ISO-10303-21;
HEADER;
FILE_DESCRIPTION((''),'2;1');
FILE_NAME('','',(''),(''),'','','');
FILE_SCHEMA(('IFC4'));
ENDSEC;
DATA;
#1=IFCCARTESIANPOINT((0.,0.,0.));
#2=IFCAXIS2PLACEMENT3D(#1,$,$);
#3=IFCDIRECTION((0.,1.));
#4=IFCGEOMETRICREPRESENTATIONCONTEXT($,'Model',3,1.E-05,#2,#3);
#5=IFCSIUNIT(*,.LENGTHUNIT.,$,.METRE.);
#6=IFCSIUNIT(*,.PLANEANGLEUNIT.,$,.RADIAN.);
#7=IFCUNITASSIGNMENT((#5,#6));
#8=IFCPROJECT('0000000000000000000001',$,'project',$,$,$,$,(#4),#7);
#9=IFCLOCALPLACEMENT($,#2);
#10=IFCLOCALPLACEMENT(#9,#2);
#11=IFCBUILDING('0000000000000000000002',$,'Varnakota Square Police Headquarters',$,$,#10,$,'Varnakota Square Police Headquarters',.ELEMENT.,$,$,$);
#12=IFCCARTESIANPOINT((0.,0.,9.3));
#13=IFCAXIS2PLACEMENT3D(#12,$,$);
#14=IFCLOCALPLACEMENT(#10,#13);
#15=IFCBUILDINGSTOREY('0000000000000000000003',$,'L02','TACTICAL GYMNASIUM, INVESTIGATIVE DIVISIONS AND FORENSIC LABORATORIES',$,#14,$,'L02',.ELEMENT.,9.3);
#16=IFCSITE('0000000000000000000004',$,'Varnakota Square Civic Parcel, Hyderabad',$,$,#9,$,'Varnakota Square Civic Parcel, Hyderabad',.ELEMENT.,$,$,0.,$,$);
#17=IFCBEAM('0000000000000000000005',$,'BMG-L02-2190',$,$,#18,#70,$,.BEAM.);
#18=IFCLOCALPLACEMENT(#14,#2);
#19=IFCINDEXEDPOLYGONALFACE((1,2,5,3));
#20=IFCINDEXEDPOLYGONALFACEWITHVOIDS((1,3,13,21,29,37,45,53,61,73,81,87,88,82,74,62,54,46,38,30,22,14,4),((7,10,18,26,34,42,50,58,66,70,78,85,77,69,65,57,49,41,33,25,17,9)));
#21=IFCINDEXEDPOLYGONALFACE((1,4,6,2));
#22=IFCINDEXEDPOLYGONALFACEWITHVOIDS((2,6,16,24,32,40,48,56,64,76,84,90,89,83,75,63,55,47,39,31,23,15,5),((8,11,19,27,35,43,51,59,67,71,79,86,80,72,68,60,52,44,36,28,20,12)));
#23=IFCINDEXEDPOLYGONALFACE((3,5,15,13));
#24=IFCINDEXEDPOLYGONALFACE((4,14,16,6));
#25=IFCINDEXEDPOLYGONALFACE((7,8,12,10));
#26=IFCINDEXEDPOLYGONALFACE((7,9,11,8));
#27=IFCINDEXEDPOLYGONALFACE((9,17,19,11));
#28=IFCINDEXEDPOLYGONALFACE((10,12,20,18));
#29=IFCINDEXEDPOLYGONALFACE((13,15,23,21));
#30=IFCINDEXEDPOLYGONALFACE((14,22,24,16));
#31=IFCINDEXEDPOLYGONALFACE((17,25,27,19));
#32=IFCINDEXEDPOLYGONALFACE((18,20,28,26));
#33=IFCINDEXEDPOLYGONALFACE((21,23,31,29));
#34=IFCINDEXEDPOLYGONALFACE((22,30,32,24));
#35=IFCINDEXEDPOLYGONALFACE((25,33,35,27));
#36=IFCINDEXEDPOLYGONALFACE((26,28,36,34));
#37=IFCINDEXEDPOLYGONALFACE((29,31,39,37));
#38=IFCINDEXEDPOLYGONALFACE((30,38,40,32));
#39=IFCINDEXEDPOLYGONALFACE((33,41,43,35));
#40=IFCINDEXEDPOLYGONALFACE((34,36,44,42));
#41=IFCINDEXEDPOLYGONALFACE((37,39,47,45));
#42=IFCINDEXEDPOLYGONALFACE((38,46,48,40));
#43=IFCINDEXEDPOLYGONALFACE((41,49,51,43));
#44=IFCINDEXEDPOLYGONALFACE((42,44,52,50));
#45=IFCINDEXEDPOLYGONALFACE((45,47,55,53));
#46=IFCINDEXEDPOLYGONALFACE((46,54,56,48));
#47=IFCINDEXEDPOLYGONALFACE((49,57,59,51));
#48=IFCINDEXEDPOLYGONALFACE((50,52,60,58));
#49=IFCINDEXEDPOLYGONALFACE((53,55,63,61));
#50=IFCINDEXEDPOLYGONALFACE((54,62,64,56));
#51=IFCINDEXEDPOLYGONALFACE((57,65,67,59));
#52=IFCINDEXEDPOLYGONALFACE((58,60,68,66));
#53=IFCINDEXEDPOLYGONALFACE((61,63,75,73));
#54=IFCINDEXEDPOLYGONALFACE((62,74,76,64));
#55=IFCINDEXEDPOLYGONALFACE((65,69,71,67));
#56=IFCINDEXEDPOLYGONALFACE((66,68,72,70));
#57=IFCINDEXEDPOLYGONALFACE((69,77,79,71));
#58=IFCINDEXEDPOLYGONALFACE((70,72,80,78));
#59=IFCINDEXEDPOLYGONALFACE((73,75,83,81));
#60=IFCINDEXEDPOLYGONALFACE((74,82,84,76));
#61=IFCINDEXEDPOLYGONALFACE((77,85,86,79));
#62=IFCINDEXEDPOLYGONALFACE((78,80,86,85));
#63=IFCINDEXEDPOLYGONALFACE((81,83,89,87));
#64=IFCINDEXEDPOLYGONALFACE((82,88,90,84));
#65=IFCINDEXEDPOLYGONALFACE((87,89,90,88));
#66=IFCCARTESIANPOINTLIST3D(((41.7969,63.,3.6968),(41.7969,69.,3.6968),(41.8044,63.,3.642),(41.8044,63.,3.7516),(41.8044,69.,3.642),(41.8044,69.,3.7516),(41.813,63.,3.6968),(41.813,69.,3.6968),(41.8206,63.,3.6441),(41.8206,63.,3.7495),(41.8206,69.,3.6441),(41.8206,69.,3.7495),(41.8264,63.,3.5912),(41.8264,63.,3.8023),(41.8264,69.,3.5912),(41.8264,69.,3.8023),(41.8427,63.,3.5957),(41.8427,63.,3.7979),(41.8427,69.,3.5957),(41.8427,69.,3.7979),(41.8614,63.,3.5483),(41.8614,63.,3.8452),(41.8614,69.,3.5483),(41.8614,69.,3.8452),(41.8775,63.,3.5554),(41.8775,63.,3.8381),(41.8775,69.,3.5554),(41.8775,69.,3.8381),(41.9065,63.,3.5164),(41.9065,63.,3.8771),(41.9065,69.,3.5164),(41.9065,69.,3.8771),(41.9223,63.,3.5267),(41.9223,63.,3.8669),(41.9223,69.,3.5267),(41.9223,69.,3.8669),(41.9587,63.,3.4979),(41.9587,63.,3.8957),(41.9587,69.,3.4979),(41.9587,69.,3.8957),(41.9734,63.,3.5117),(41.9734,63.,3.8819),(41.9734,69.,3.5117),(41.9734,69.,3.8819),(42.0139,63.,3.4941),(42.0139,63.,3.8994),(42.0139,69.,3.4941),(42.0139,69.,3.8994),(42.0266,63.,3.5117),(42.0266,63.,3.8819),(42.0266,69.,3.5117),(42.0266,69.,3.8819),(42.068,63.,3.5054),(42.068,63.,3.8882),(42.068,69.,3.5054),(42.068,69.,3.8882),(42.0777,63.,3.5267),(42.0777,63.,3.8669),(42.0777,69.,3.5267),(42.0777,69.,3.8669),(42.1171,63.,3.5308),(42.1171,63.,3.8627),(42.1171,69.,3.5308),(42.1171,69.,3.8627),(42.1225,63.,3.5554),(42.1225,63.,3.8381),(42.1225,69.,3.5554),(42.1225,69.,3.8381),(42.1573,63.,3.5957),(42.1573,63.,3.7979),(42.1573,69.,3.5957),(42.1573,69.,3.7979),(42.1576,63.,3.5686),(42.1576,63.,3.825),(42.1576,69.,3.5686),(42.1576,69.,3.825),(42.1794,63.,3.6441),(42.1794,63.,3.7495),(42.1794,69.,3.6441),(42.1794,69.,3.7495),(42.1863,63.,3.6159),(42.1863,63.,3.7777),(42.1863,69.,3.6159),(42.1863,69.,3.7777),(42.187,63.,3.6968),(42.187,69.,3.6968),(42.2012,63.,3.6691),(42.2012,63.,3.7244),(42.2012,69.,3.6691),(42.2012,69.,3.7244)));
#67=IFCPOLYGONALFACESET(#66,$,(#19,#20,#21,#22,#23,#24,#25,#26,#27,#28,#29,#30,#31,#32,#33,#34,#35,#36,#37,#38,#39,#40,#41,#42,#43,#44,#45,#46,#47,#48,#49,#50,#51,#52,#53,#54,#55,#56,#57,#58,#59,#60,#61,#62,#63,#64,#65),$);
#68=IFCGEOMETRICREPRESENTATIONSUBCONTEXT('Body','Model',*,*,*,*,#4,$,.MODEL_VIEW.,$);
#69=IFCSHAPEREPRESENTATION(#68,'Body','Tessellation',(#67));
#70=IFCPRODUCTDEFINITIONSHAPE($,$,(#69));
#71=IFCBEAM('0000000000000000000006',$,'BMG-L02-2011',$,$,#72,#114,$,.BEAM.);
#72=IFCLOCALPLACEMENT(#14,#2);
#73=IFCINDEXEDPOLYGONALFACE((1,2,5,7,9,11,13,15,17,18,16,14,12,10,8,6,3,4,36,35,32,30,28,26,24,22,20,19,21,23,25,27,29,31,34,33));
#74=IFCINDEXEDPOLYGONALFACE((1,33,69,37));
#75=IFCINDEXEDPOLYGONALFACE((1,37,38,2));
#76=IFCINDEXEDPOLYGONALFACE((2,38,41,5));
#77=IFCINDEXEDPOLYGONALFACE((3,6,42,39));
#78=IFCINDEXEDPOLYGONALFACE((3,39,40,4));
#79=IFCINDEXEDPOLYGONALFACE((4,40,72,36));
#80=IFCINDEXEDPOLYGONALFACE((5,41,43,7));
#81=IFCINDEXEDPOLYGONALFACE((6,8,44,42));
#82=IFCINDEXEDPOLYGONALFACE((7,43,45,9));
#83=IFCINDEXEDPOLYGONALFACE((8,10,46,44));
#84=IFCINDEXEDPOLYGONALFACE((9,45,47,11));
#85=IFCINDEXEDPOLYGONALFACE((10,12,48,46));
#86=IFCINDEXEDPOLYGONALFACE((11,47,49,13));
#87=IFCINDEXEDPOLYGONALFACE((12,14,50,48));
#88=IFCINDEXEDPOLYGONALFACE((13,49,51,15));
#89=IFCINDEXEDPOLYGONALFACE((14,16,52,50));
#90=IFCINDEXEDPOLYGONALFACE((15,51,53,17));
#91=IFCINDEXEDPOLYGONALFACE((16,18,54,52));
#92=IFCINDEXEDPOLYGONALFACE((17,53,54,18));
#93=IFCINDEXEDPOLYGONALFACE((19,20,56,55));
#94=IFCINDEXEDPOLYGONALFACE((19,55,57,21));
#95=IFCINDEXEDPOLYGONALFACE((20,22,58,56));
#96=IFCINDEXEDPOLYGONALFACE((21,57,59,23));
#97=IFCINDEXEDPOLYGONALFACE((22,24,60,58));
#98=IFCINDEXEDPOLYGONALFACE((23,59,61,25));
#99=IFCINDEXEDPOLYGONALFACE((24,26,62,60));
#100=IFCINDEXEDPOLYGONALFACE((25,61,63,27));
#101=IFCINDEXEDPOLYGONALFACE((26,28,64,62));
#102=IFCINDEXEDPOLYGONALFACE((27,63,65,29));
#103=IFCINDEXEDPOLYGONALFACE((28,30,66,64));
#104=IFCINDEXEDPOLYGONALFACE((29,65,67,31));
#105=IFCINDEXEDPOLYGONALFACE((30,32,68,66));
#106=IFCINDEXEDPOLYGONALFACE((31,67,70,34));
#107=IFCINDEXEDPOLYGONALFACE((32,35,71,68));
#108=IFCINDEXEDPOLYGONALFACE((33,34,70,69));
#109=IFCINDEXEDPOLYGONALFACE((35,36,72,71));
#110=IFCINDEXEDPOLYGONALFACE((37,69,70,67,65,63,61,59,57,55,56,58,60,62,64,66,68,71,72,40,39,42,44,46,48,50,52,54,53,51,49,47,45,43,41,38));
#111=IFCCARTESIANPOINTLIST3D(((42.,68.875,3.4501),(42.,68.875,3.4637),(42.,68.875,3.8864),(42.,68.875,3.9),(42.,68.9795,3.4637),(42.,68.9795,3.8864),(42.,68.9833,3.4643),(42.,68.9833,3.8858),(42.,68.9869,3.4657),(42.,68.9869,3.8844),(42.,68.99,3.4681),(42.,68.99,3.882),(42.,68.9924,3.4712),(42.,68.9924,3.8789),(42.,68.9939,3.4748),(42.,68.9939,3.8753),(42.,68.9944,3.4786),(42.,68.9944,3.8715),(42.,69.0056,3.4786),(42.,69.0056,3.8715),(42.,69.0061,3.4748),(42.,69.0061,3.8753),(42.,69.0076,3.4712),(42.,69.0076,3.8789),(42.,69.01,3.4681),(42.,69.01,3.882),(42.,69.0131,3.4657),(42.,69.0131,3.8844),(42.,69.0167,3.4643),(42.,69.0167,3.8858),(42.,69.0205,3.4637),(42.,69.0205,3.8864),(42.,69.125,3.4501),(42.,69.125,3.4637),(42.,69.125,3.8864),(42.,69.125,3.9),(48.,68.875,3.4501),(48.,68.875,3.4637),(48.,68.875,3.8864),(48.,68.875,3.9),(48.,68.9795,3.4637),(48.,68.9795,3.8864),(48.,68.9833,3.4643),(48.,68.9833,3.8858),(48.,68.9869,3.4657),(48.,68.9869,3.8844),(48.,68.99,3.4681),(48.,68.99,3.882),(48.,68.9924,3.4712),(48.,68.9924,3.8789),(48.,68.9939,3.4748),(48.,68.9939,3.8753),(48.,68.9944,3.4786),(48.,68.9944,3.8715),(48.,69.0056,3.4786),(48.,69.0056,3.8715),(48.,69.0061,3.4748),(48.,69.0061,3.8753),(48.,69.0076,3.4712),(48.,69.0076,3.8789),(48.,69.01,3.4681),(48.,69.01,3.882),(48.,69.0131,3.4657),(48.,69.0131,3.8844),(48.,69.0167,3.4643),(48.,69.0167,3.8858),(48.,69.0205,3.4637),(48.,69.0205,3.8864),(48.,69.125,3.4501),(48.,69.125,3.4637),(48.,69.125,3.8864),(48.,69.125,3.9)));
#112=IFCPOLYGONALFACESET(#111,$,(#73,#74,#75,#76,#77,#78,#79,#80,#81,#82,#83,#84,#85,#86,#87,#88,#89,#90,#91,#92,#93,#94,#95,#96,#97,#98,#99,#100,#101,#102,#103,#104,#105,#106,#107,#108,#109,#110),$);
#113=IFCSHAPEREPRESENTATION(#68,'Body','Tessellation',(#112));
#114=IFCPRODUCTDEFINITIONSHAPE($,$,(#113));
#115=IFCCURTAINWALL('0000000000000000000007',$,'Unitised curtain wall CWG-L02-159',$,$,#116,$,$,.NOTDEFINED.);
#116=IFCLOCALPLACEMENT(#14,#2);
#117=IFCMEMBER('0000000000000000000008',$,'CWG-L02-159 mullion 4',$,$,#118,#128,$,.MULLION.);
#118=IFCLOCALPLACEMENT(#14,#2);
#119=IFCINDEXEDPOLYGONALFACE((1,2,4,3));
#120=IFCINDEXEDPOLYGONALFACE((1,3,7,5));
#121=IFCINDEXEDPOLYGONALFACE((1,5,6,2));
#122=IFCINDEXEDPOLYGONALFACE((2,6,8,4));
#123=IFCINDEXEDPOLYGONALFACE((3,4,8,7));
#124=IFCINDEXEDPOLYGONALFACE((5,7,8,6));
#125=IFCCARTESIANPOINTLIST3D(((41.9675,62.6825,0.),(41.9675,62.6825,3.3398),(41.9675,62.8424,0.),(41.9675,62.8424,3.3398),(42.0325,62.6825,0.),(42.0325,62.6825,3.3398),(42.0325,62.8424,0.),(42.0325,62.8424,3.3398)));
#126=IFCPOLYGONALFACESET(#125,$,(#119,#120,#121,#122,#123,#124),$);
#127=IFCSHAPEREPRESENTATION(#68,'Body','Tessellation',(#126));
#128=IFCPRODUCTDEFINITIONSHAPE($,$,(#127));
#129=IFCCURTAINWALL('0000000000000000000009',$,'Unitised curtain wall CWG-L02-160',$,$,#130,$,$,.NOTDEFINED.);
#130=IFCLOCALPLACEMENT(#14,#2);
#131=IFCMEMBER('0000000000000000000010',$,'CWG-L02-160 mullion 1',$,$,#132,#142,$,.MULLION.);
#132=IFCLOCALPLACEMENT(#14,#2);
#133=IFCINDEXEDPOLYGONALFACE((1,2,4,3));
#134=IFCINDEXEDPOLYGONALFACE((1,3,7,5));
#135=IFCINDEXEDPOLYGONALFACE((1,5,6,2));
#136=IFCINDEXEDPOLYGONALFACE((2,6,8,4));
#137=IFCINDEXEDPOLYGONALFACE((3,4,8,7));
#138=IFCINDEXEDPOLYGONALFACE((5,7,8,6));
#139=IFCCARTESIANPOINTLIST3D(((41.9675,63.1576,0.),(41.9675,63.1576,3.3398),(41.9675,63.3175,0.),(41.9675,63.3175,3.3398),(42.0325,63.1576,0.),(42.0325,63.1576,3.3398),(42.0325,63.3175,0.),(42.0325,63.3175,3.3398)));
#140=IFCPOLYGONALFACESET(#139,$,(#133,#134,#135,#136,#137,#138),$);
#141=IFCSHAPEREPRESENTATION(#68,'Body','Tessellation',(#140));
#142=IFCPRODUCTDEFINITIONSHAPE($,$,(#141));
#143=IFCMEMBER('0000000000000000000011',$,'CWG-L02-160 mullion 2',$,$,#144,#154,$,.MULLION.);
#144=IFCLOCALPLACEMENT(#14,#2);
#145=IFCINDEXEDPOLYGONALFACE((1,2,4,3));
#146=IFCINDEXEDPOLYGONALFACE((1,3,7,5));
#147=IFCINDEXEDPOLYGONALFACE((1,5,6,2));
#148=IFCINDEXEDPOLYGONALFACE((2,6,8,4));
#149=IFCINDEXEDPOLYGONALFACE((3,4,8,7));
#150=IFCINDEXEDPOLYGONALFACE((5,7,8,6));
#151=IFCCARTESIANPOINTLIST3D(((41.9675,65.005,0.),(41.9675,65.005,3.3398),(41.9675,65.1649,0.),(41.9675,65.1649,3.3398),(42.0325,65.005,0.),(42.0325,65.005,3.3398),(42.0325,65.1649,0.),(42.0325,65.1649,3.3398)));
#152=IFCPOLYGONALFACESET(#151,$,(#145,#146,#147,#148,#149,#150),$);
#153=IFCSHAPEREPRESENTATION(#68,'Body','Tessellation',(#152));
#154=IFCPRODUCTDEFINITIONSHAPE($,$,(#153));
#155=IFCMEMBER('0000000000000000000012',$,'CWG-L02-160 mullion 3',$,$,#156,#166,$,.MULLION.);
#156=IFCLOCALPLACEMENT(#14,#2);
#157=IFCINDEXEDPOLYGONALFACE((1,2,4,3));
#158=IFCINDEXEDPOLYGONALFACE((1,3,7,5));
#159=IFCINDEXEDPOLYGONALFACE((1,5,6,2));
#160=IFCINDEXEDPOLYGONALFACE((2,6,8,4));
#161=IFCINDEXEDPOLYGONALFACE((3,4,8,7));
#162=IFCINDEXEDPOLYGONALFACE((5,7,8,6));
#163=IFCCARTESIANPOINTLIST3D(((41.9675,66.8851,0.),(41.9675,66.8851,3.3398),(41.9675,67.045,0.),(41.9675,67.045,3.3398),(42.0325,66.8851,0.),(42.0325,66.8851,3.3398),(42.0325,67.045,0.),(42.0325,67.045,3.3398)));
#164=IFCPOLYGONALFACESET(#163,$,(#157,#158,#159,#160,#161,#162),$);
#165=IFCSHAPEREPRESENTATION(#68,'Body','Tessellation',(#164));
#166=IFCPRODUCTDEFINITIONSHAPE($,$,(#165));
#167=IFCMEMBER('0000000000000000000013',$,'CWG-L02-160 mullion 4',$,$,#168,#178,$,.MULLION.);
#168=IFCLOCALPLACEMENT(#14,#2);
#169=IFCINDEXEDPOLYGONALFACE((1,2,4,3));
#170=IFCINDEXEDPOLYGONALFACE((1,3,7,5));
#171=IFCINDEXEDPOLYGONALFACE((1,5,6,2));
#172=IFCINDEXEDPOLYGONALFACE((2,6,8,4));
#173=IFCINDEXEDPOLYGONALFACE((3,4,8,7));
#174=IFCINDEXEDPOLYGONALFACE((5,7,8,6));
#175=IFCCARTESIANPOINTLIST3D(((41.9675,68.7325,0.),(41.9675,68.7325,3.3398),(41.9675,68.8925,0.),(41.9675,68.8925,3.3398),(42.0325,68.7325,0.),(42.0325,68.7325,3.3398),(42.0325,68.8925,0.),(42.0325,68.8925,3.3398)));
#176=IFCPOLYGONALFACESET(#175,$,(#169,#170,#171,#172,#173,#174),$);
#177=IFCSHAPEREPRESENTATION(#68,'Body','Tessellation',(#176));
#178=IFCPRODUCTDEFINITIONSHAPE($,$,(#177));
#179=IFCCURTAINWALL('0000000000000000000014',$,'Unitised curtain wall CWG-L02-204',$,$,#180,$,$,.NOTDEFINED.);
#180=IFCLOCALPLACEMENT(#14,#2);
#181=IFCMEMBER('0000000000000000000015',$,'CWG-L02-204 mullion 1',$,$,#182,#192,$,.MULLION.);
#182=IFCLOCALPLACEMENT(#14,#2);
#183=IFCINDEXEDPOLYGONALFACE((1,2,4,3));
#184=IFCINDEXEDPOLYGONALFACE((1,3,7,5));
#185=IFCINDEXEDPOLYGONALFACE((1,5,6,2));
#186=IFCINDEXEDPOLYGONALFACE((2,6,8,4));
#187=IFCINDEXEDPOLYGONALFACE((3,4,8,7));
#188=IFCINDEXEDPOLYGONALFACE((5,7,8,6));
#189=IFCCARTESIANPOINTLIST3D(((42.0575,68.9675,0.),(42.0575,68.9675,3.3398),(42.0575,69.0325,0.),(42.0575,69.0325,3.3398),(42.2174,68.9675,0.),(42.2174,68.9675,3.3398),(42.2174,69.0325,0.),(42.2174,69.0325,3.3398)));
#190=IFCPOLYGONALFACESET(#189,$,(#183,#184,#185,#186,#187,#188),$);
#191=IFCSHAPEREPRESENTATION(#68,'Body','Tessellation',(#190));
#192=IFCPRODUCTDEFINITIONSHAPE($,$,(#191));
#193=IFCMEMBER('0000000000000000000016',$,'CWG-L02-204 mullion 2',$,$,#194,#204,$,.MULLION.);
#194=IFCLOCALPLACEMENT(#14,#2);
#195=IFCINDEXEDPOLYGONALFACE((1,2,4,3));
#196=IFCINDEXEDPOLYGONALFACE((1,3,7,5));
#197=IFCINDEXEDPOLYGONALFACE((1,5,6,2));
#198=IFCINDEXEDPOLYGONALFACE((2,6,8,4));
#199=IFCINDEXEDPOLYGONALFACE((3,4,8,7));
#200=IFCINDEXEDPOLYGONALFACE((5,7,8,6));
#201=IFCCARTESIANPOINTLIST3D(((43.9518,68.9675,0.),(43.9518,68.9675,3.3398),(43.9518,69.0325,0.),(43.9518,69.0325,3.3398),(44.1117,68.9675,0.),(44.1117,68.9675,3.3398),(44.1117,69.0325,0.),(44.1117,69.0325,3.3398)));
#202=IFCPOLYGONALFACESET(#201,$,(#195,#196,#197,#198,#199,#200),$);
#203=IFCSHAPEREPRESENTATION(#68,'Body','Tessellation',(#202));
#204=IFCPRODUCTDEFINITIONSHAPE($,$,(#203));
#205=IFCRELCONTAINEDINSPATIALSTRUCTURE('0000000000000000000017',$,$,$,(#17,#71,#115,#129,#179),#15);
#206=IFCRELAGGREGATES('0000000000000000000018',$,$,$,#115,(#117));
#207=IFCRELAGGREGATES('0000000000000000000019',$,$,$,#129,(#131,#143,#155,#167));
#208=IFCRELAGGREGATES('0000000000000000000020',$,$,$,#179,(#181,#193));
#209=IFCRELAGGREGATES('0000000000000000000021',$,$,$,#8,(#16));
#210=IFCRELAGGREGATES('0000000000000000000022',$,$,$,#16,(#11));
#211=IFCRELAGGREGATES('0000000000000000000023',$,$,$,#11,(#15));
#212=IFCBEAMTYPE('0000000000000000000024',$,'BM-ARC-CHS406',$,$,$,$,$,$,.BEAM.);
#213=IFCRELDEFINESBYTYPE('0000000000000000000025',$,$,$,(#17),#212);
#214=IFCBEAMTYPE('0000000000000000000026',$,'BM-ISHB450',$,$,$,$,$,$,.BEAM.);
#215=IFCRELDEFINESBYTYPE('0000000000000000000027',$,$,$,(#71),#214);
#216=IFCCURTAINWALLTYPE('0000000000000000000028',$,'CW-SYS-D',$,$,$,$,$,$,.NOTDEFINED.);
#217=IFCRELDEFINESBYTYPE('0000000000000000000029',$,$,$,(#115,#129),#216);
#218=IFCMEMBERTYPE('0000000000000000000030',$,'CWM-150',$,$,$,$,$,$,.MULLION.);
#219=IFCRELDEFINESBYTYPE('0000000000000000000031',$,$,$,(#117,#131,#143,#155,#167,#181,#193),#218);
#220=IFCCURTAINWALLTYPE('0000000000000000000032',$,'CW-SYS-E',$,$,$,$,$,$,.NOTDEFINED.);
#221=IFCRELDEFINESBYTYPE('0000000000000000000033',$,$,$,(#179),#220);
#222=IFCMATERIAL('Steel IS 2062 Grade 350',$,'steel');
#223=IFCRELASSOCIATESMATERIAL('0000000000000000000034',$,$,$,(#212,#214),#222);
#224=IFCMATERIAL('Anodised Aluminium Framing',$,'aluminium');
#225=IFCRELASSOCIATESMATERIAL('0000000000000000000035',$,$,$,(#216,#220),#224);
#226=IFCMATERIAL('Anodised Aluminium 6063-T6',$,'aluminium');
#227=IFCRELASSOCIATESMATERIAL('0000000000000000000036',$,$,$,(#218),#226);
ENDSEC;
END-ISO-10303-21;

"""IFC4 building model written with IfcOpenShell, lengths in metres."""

from ifc_helpers import new_model, si_unit, direction, frame, origin, origin_2d, place, context, subcontext, project, spatial, rectangle, hollow_circle, i_section, extrude, material, material_profile, profile_set, type_object, element, aggregate, save


model = new_model("IFC4")

# Units and contexts
model_context = context("Model", 3, precision=1e-05, world=origin(), true_north=direction((0.0, 1.0)))
body_context = subcontext(model_context, "Body", "Model", "MODEL_VIEW")
ifc_project = project(units=[si_unit("LENGTHUNIT", "METRE"), si_unit("PLANEANGLEUNIT", "RADIAN")], contexts=[model_context])

# Site, building, storey
site_placement = place(None, origin())
site = spatial("IfcSite", under=ifc_project, at=site_placement, Name="Varnakota Square Civic Parcel, Hyderabad", LongName="Varnakota Square Civic Parcel, Hyderabad", CompositionType="ELEMENT", RefElevation=0.0)
building_placement = place(site_placement, origin())
building = spatial("IfcBuilding", under=site, at=building_placement, Name="Varnakota Square Police Headquarters", LongName="Varnakota Square Police Headquarters", CompositionType="ELEMENT")
storey_placement = place(building_placement, frame((0.0, 0.0, 9.3)))
storey = spatial("IfcBuildingStorey", under=building, at=storey_placement, Name="L02", Description="TACTICAL GYMNASIUM, INVESTIGATIVE DIVISIONS AND FORENSIC LABORATORIES", LongName="L02", CompositionType="ELEMENT", Elevation=9.3)

# Shared definitions
ifc_material_1 = material(Name="Steel IS 2062 Grade 350", Category="steel")

# Beams
ifc_material_profile_1 = material_profile(ifc_material_1, hollow_circle(Radius=0.2031, WallThickness=0.0161, at=origin_2d()), Name="CHS 406.4x16.0")
ifc_profile_set_1 = profile_set([ifc_material_profile_1], Name="Steel IS 2062 Grade 350")
beam_type_1 = type_object("IfcBeamType", Name="BM-ARC-CHS406", PredefinedType="BEAM", material=ifc_profile_set_1)
beam_1_placement = place(storey_placement, frame((42.0, 63.0, 3.6968), z_axis=(0.0, 1.0, 0.0), x_axis=(-1.0, 0.0, 0.0)))
element("IfcBeam", 1, at=beam_1_placement, inside=storey, type_object=beam_type_1, Name="BMG-L02-2190", PredefinedType="BEAM", context=body_context, shape_type="SweptSolid", body=[
    extrude(hollow_circle(Radius=0.2031, WallThickness=0.0161, at=origin_2d()), origin(), (0.0, 0.0, 1.0), 6.0),
])
ifc_material_profile_2 = material_profile(ifc_material_1, i_section(OverallWidth=0.25, OverallDepth=0.45, WebThickness=0.0112, FlangeThickness=0.0137, FilletRadius=0.0149, at=origin_2d()), Name="ISHB 450")
ifc_profile_set_2 = profile_set([ifc_material_profile_2], Name="Steel IS 2062 Grade 350")
beam_type_2 = type_object("IfcBeamType", Name="BM-ISHB450", PredefinedType="BEAM", material=ifc_profile_set_2)
beam_2_placement = place(storey_placement, frame((42.0, 69.0, 3.675), z_axis=(1.0, 0.0, 0.0), x_axis=(0.0, 1.0, 0.0)))
element("IfcBeam", 2, at=beam_2_placement, inside=storey, type_object=beam_type_2, Name="BMG-L02-2011", PredefinedType="BEAM", context=body_context, shape_type="SweptSolid", body=[
    extrude(i_section(OverallWidth=0.25, OverallDepth=0.45, WebThickness=0.0112, FlangeThickness=0.0137, FilletRadius=0.0149, at=origin_2d()), origin(), (0.0, 0.0, 1.0), 6.0),
])

# Curtain wall, member
ifc_material_2 = material(Name="Anodised Aluminium Framing", Category="aluminium")
curtain_wall_type_1 = type_object("IfcCurtainWallType", Name="CW-SYS-D", PredefinedType="NOTDEFINED", material=ifc_material_2)
curtain_wall_1_placement = place(storey_placement, origin())
curtain_wall_1 = element("IfcCurtainWall", 3, at=curtain_wall_1_placement, inside=storey, type_object=curtain_wall_type_1, Name="Unitised curtain wall CWG-L02-159", PredefinedType="NOTDEFINED")
ifc_material_3 = material(Name="Anodised Aluminium 6063-T6", Category="aluminium")
ifc_material_profile_3 = material_profile(ifc_material_3, rectangle(XDim=0.0649, YDim=0.1599, at=origin_2d()), Name="ALU MULLION 65x160")
ifc_profile_set_3 = profile_set([ifc_material_profile_3], Name="Anodised Aluminium 6063-T6")
member_type_1 = type_object("IfcMemberType", Name="CWM-150", PredefinedType="MULLION", material=ifc_profile_set_3)
member_1_placement = place(storey_placement, frame((42.0, 62.7625, 0.0), z_axis=(0.0, 0.0, 1.0), x_axis=(-1.0, 0.0, 0.0)))
member_1 = element("IfcMember", 4, at=member_1_placement, type_object=member_type_1, Name="CWG-L02-159 mullion 4", PredefinedType="MULLION", context=body_context, shape_type="SweptSolid", body=[
    extrude(rectangle(XDim=0.0649, YDim=0.1599, at=origin_2d()), origin(), (0.0, 0.0, 1.0), 3.3398),
])

# Curtain walls, members
curtain_wall_2_placement = place(storey_placement, origin())
curtain_wall_2 = element("IfcCurtainWall", 5, at=curtain_wall_2_placement, inside=storey, type_object=curtain_wall_type_1, Name="Unitised curtain wall CWG-L02-160", PredefinedType="NOTDEFINED")
member_2_placement = place(storey_placement, frame((42.0, 63.2375, 0.0), z_axis=(0.0, 0.0, 1.0), x_axis=(-1.0, 0.0, 0.0)))
member_2 = element("IfcMember", 6, at=member_2_placement, type_object=member_type_1, Name="CWG-L02-160 mullion 1", PredefinedType="MULLION", context=body_context, shape_type="SweptSolid", body=[
    extrude(rectangle(XDim=0.0649, YDim=0.1599, at=origin_2d()), origin(), (0.0, 0.0, 1.0), 3.3398),
])
member_3_placement = place(storey_placement, frame((42.0, 65.085, 0.0), z_axis=(0.0, 0.0, 1.0), x_axis=(-1.0, 0.0, 0.0)))
member_3 = element("IfcMember", 7, at=member_3_placement, type_object=member_type_1, Name="CWG-L02-160 mullion 2", PredefinedType="MULLION", context=body_context, shape_type="SweptSolid", body=[
    extrude(rectangle(XDim=0.0649, YDim=0.1599, at=origin_2d()), origin(), (0.0, 0.0, 1.0), 3.3398),
])
member_4_placement = place(storey_placement, frame((42.0, 66.9651, 0.0), z_axis=(0.0, 0.0, 1.0), x_axis=(-1.0, 0.0, 0.0)))
member_4 = element("IfcMember", 8, at=member_4_placement, type_object=member_type_1, Name="CWG-L02-160 mullion 3", PredefinedType="MULLION", context=body_context, shape_type="SweptSolid", body=[
    extrude(rectangle(XDim=0.0649, YDim=0.1599, at=origin_2d()), origin(), (0.0, 0.0, 1.0), 3.3398),
])
member_5_placement = place(storey_placement, frame((42.0, 68.8125, 0.0), z_axis=(0.0, 0.0, 1.0), x_axis=(-1.0, 0.0, 0.0)))
member_5 = element("IfcMember", 9, at=member_5_placement, type_object=member_type_1, Name="CWG-L02-160 mullion 4", PredefinedType="MULLION", context=body_context, shape_type="SweptSolid", body=[
    extrude(rectangle(XDim=0.0649, YDim=0.1599, at=origin_2d()), origin(), (0.0, 0.0, 1.0), 3.3398),
])
curtain_wall_type_2 = type_object("IfcCurtainWallType", Name="CW-SYS-E", PredefinedType="NOTDEFINED", material=ifc_material_2)
curtain_wall_3_placement = place(storey_placement, origin())
curtain_wall_3 = element("IfcCurtainWall", 10, at=curtain_wall_3_placement, inside=storey, type_object=curtain_wall_type_2, Name="Unitised curtain wall CWG-L02-204", PredefinedType="NOTDEFINED")
member_6_placement = place(storey_placement, frame((42.1375, 69.0, 0.0), z_axis=(0.0, 0.0, 1.0), x_axis=(0.0, 1.0, 0.0)))
member_6 = element("IfcMember", 11, at=member_6_placement, type_object=member_type_1, Name="CWG-L02-204 mullion 1", PredefinedType="MULLION", context=body_context, shape_type="SweptSolid", body=[
    extrude(rectangle(XDim=0.0649, YDim=0.1599, at=origin_2d()), origin(), (0.0, 0.0, 1.0), 3.3398),
])
member_7_placement = place(storey_placement, frame((44.0317, 69.0, 0.0), z_axis=(0.0, 0.0, 1.0), x_axis=(0.0, 1.0, 0.0)))
member_7 = element("IfcMember", 12, at=member_7_placement, type_object=member_type_1, Name="CWG-L02-204 mullion 2", PredefinedType="MULLION", context=body_context, shape_type="SweptSolid", body=[
    extrude(rectangle(XDim=0.0649, YDim=0.1599, at=origin_2d()), origin(), (0.0, 0.0, 1.0), 3.3398),
])

aggregate(curtain_wall_1, [member_1])
aggregate(curtain_wall_2, [member_2, member_3, member_4, member_5])
aggregate(curtain_wall_3, [member_6, member_7])

save(model, "model.ifc")
